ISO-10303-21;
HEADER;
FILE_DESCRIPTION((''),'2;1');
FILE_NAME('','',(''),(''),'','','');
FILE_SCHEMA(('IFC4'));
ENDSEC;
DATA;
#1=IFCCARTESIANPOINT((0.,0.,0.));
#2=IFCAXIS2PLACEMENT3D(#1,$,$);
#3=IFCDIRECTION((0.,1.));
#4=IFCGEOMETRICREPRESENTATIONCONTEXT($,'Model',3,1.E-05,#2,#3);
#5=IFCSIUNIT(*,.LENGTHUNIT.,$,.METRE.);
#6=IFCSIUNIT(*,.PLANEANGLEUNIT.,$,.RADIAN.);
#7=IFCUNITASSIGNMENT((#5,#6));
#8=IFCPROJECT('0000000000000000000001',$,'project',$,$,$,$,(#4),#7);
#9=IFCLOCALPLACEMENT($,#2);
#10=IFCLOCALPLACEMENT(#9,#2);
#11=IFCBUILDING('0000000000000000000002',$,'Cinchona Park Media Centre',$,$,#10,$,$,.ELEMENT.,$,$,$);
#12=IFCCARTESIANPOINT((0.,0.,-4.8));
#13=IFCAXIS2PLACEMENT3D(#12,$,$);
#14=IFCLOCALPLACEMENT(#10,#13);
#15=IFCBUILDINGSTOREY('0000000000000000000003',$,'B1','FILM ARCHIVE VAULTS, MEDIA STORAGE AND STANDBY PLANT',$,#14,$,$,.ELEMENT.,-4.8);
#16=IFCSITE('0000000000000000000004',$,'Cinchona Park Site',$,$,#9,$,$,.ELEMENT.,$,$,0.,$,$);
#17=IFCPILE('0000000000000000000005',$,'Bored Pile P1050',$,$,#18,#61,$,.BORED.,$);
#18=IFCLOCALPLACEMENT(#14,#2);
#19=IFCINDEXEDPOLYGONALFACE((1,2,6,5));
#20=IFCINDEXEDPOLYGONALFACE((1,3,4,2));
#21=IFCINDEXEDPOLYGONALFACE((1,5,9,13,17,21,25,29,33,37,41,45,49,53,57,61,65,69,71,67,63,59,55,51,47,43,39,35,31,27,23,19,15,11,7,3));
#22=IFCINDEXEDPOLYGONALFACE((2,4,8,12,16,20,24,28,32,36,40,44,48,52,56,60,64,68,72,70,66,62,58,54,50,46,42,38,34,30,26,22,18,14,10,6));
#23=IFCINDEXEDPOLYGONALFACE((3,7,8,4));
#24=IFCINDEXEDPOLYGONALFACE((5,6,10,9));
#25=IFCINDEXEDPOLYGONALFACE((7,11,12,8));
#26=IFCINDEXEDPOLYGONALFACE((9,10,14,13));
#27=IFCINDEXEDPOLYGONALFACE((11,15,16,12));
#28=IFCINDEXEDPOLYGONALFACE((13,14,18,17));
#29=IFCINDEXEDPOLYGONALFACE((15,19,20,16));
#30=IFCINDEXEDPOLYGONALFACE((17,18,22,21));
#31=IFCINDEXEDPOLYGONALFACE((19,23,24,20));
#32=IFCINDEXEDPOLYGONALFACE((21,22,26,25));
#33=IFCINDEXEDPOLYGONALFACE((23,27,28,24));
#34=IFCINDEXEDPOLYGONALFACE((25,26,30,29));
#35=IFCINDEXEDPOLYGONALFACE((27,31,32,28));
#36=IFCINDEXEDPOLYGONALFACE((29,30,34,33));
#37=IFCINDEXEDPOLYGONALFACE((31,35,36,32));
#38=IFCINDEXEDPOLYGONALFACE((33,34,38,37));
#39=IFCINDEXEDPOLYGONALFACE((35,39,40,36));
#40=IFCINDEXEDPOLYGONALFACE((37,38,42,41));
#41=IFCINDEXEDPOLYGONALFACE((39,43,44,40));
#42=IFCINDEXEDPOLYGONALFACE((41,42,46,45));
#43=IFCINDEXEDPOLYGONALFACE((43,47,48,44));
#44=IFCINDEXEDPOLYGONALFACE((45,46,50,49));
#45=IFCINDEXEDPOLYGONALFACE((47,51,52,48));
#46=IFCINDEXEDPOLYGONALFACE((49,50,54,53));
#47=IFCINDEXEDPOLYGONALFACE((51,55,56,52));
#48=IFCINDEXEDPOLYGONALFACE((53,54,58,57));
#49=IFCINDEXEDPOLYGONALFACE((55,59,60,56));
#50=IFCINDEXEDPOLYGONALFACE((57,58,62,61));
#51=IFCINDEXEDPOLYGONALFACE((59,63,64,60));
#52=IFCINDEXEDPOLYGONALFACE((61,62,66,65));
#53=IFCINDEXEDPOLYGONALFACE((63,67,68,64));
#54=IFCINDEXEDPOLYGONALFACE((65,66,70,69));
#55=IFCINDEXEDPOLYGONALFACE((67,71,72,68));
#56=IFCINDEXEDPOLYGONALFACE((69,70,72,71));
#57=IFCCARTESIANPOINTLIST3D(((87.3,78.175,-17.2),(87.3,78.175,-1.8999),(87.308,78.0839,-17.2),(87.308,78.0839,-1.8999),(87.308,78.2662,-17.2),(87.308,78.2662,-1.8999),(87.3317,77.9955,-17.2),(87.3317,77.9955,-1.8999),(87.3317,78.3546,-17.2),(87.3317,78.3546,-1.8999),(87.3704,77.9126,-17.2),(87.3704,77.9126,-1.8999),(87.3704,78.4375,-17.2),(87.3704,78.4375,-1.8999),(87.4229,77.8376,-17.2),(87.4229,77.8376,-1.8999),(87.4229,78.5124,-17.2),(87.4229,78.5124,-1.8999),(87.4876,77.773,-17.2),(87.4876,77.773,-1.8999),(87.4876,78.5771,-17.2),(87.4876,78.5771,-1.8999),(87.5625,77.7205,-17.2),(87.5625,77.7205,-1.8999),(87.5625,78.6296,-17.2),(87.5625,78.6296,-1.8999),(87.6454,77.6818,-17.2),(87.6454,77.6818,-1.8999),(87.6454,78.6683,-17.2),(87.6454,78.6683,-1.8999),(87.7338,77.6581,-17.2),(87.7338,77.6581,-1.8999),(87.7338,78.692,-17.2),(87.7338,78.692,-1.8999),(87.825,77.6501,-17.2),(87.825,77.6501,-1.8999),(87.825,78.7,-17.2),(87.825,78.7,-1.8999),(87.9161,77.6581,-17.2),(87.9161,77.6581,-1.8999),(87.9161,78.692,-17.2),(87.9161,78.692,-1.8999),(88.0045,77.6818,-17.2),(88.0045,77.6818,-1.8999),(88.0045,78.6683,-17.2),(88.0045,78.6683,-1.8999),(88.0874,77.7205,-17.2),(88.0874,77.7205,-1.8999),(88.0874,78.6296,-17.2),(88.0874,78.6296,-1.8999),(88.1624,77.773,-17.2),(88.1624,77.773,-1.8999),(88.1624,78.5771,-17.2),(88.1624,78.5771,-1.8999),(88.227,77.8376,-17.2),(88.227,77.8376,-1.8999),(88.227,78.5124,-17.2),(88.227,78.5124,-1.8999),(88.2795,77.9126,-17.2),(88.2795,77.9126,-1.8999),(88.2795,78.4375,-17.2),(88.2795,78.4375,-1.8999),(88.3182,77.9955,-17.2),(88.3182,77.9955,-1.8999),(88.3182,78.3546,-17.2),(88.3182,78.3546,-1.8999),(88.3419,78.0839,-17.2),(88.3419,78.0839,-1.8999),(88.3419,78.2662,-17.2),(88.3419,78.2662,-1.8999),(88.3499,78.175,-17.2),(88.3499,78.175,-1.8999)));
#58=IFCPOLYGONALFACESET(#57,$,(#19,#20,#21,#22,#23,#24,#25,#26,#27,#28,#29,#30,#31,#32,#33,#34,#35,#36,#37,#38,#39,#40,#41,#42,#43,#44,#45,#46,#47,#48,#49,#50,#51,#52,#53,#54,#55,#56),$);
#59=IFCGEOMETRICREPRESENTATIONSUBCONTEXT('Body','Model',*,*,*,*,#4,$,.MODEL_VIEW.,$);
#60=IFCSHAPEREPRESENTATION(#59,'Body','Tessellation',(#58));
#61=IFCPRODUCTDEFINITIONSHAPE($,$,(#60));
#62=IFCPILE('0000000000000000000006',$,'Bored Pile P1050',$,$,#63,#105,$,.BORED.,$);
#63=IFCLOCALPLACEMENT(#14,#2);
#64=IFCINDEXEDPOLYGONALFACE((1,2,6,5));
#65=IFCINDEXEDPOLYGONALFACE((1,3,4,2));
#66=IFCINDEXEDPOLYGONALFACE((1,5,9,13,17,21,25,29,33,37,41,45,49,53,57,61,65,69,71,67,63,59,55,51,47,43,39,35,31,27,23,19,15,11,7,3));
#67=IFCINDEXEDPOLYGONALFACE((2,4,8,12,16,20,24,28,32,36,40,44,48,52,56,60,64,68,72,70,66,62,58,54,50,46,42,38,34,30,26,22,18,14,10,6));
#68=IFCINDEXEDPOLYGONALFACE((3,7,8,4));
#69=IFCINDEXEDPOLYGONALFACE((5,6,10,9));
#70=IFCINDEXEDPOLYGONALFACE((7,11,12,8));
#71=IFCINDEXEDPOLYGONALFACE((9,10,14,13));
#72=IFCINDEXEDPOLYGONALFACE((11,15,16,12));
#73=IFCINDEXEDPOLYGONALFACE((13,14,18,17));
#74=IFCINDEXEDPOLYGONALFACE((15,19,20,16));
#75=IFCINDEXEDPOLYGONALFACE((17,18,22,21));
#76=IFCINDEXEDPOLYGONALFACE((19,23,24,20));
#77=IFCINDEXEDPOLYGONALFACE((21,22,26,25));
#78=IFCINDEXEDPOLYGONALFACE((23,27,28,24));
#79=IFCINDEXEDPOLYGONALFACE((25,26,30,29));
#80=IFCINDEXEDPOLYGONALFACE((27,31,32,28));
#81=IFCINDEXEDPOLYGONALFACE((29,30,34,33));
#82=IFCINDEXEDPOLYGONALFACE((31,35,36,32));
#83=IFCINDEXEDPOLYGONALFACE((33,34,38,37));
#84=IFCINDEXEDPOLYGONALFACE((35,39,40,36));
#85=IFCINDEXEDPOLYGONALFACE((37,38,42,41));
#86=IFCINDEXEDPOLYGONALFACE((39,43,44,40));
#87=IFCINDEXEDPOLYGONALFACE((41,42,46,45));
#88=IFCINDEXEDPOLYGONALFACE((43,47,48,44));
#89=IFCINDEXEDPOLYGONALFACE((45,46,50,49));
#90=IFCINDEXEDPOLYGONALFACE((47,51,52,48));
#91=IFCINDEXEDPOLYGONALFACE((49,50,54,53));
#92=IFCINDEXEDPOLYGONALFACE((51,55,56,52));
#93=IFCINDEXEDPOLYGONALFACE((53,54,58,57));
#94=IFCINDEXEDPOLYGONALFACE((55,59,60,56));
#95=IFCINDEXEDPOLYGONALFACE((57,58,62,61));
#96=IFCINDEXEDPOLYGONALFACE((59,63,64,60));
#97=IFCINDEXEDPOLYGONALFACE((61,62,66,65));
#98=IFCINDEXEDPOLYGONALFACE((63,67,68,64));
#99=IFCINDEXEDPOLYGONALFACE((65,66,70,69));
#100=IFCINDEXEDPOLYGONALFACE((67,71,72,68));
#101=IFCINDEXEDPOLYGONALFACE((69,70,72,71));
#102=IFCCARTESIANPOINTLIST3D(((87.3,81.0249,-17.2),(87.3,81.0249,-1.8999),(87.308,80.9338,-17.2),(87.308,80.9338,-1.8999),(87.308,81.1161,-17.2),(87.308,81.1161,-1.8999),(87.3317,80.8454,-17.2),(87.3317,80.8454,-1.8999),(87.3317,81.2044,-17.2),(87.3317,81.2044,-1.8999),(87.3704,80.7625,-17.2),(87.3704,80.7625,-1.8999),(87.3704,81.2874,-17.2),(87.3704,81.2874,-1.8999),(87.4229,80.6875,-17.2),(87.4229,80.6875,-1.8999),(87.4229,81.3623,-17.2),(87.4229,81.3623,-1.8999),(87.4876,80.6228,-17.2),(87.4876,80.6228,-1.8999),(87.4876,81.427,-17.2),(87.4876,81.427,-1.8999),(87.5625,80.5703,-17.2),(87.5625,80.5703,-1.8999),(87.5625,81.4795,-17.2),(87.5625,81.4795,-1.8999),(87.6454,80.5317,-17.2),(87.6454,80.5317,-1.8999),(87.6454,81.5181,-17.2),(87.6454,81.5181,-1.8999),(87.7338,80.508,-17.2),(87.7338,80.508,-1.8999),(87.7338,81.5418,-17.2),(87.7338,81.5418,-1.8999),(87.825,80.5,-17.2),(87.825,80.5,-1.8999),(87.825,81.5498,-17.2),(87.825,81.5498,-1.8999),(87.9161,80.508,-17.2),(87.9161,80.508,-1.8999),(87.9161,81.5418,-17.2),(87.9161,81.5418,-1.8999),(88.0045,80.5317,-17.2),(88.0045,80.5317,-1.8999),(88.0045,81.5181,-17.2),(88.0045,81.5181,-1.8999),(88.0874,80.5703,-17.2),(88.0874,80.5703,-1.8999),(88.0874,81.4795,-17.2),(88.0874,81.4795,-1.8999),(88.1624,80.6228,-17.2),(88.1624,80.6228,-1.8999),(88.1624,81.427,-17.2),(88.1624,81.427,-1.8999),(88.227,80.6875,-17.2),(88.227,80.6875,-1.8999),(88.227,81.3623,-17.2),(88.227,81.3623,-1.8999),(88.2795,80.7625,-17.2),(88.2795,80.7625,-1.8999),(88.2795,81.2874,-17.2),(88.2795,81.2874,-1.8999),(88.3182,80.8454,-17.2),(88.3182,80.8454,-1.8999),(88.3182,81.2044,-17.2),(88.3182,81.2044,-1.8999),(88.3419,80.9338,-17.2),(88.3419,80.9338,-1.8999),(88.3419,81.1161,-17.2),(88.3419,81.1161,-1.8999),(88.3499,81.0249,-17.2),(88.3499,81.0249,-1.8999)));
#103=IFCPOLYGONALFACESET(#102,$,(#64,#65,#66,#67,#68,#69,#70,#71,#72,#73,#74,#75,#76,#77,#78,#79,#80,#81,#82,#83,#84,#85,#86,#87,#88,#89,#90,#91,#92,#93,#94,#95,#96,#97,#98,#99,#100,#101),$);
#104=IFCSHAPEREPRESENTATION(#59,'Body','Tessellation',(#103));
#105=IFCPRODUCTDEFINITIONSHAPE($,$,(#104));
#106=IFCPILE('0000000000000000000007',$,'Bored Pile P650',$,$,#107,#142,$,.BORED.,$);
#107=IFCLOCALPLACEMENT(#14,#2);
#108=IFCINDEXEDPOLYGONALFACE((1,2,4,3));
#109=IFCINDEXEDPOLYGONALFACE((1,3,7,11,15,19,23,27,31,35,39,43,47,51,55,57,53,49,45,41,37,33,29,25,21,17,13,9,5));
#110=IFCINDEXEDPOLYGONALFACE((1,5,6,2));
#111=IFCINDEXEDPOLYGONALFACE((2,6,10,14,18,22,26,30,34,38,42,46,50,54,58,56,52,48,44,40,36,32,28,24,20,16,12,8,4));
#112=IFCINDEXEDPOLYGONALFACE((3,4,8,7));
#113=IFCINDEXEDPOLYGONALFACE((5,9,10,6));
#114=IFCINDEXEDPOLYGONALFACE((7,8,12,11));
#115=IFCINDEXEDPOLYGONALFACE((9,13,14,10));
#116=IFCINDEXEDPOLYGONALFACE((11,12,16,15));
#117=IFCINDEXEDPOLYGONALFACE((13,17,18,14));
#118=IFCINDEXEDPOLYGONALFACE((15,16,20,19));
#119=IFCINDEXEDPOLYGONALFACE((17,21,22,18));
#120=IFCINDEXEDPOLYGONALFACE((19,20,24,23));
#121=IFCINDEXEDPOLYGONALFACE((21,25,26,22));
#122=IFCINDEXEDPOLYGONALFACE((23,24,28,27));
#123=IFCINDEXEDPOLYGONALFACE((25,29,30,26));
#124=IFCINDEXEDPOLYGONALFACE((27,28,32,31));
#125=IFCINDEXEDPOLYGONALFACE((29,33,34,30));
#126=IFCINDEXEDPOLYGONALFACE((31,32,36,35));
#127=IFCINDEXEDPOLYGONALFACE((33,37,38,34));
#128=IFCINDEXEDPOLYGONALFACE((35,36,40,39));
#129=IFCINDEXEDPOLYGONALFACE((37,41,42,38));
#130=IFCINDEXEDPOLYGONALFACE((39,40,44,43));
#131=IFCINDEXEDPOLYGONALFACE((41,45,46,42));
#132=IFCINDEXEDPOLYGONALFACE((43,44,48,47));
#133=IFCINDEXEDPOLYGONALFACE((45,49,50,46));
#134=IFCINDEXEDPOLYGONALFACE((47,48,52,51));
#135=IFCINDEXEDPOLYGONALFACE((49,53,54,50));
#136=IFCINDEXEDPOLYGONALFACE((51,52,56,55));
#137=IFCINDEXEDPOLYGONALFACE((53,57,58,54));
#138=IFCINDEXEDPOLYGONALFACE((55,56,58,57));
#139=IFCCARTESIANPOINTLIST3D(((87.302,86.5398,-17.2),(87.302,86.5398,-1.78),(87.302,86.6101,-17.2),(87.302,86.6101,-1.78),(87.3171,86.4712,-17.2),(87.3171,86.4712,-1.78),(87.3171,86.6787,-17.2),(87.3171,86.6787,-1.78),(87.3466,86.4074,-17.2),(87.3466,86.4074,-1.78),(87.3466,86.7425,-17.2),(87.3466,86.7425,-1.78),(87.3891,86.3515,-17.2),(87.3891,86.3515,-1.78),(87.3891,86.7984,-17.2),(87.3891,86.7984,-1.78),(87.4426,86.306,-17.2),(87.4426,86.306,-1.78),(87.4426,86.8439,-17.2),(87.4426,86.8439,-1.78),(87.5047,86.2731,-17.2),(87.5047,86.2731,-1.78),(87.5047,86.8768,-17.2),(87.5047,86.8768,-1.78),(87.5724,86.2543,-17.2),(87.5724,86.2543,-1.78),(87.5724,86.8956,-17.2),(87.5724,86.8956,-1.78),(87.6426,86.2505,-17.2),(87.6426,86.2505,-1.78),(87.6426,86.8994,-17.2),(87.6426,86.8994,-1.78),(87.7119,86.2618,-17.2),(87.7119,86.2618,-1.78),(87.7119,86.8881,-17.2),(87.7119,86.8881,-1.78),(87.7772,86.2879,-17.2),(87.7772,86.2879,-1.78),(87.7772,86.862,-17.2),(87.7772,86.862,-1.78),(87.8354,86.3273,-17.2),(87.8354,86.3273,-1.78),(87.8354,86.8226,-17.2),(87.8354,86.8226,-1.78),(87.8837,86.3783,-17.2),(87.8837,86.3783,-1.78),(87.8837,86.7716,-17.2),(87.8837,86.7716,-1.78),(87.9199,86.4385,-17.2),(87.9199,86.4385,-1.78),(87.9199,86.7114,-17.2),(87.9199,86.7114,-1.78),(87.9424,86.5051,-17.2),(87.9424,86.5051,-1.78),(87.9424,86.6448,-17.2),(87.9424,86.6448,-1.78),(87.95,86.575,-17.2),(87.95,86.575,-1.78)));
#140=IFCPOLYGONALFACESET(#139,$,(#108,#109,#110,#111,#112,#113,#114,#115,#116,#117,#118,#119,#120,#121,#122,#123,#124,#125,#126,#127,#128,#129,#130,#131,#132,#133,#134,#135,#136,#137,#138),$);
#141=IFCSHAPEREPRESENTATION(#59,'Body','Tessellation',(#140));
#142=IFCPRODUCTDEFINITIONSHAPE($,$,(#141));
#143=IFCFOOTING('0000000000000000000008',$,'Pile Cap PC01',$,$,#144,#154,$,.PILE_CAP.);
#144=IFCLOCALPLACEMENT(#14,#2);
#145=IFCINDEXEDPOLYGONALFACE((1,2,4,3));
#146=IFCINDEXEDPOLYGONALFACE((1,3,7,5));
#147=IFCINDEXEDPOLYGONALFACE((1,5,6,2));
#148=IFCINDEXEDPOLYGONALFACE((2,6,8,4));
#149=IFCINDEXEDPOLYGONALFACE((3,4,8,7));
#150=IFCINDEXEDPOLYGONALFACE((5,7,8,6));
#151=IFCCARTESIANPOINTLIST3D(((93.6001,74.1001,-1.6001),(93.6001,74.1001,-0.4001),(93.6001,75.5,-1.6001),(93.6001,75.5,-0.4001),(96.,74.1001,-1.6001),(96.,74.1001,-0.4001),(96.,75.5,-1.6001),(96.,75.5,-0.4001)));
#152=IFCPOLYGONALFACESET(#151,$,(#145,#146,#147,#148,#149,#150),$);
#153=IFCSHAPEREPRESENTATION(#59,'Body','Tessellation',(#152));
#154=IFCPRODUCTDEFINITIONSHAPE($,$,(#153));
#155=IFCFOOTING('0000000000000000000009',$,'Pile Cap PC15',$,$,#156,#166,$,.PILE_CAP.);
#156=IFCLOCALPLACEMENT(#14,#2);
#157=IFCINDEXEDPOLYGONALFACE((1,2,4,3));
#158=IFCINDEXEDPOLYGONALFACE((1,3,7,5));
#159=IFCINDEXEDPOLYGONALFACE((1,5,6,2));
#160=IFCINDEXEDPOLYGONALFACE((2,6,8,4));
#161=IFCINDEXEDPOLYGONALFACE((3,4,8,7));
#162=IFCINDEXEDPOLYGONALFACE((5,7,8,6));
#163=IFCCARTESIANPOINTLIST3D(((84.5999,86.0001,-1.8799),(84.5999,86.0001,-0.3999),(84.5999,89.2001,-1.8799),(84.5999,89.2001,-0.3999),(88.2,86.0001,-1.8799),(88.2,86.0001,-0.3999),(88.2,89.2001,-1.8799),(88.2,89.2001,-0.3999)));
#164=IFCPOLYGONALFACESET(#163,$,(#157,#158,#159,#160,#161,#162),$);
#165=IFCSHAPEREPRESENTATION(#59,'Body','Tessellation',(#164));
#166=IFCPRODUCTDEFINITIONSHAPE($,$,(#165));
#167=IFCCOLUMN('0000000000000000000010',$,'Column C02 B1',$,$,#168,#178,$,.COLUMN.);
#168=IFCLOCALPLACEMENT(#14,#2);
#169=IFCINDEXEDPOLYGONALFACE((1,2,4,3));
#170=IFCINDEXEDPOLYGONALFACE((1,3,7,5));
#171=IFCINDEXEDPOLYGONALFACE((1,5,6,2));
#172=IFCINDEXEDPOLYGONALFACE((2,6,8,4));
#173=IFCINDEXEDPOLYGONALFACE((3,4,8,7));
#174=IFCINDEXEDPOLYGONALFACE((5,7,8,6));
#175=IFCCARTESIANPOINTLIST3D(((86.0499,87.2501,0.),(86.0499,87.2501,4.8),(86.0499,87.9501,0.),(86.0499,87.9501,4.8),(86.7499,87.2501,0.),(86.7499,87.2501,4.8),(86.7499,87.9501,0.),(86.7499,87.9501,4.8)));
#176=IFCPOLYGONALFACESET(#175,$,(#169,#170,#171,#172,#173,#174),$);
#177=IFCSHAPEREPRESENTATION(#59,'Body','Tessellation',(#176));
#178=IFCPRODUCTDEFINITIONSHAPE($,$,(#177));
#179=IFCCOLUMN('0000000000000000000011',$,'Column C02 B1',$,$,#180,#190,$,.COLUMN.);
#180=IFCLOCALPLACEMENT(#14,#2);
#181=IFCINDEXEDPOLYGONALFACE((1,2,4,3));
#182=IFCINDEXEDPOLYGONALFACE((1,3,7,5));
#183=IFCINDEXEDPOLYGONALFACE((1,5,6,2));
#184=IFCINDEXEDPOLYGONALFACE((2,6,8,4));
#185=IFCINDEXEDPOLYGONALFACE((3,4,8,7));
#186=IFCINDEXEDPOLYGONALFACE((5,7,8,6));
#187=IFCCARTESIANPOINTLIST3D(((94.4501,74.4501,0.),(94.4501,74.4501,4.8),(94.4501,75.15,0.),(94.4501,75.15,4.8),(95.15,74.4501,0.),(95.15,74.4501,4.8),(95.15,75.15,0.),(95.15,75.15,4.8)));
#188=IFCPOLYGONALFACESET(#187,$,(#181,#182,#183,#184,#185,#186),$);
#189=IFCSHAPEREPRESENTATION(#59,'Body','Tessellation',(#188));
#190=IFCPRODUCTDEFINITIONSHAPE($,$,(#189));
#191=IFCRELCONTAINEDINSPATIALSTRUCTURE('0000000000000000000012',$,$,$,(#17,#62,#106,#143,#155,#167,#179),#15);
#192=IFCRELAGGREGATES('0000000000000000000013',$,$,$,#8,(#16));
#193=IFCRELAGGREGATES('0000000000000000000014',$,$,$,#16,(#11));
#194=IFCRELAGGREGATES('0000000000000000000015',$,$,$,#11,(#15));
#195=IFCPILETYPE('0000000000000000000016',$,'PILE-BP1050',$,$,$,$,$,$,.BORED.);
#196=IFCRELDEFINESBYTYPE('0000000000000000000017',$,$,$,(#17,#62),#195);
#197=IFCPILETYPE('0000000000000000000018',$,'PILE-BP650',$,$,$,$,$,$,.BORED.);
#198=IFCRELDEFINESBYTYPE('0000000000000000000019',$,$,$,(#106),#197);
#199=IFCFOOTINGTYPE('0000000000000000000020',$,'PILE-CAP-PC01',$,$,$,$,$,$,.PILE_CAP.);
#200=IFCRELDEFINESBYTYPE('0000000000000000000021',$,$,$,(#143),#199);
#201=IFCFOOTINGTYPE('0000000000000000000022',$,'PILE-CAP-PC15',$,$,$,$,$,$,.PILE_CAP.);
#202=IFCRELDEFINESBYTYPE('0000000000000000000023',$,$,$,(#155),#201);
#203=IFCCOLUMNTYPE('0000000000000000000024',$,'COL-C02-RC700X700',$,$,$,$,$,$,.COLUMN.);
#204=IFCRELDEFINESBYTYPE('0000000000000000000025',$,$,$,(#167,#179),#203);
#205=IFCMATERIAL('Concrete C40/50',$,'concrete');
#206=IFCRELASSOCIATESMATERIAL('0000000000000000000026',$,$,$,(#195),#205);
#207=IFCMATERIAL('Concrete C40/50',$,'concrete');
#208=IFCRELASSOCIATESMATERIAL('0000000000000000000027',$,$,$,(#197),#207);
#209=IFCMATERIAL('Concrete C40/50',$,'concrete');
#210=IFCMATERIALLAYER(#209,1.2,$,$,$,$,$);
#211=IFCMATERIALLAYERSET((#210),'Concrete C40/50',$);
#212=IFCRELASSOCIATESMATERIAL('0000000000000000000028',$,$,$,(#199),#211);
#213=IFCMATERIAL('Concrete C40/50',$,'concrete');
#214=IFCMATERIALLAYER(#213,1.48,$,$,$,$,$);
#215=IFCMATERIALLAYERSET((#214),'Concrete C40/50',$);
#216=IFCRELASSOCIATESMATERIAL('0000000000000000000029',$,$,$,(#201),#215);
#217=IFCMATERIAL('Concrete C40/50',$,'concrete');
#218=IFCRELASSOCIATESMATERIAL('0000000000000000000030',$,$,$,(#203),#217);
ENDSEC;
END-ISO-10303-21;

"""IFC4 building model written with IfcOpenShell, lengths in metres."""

from ifc_helpers import new_model, si_unit, direction, frame, origin, origin_2d, place, context, subcontext, project, spatial, rectangle, circle, extrude, material, layer, layer_set, material_profile, profile_set, type_object, element, save


model = new_model("IFC4")

# Units and contexts
model_context = context("Model", 3, precision=1e-05, world=origin(), true_north=direction((0.0, 1.0)))
body_context = subcontext(model_context, "Body", "Model", "MODEL_VIEW")
ifc_project = project(units=[si_unit("LENGTHUNIT", "METRE"), si_unit("PLANEANGLEUNIT", "RADIAN")], contexts=[model_context])

# Site, building, storey
site_placement = place(None, origin())
site = spatial("IfcSite", under=ifc_project, at=site_placement, Name="Cinchona Park Site", CompositionType="ELEMENT", RefElevation=0.0)
building_placement = place(site_placement, origin())
building = spatial("IfcBuilding", under=site, at=building_placement, Name="Cinchona Park Media Centre", CompositionType="ELEMENT")
storey_placement = place(building_placement, frame((0.0, 0.0, -4.8)))
storey = spatial("IfcBuildingStorey", under=building, at=storey_placement, Name="B1", Description="FILM ARCHIVE VAULTS, MEDIA STORAGE AND STANDBY PLANT", CompositionType="ELEMENT", Elevation=-4.8)

# Piles
ifc_material_1 = material(Name="Concrete C40/50", Category="concrete")
ifc_material_profile_1 = material_profile(ifc_material_1, circle(Radius=0.5249, at=origin_2d()), Name="BORED PILE 1050")
ifc_profile_set_1 = profile_set([ifc_material_profile_1], Name="Concrete C40/50")
pile_type_1 = type_object("IfcPileType", Name="PILE-BP1050", PredefinedType="BORED", material=ifc_profile_set_1)
for number, where, z_axis, x_axis, name in (
    (1, (87.825, 78.175, -1.8999), (0.0, 0.0, -1.0), (1.0, 0.0, 0.0), "Bored Pile P1050"),
    (2, (87.825, 81.0249, -1.8999), (0.0, 0.0, -1.0), (1.0, 0.0, 0.0), "Bored Pile P1050"),
):
    element("IfcPile", number, at=place(storey_placement, frame(where, z_axis=z_axis, x_axis=x_axis)), inside=storey, type_object=pile_type_1, Name=name, PredefinedType="BORED", context=body_context, shape_type="SweptSolid", body=[
        extrude(circle(Radius=0.5249, at=origin_2d()), origin(), (0.0, 0.0, 1.0), 15.3),
    ])
ifc_material_2 = material(Name="Concrete C40/50", Category="concrete")
ifc_material_profile_2 = material_profile(ifc_material_2, circle(Radius=0.325, at=origin_2d()), Name="BORED PILE 650")
ifc_profile_set_2 = profile_set([ifc_material_profile_2], Name="Concrete C40/50")
pile_type_2 = type_object("IfcPileType", Name="PILE-BP650", PredefinedType="BORED", material=ifc_profile_set_2)
pile_placement = place(storey_placement, frame((87.625, 86.575, -1.78), z_axis=(0.0, 0.0, -1.0), x_axis=(1.0, 0.0, 0.0)))
element("IfcPile", 3, at=pile_placement, inside=storey, type_object=pile_type_2, Name="Bored Pile P650", PredefinedType="BORED", context=body_context, shape_type="SweptSolid", body=[
    extrude(circle(Radius=0.325, at=origin_2d()), origin(), (0.0, 0.0, 1.0), 15.4199),
])

# Footings
ifc_material_3 = material(Name="Concrete C40/50", Category="concrete")
ifc_layer_1 = layer(ifc_material_3, 1.2)
ifc_layer_set_1 = layer_set([ifc_layer_1], Name="Concrete C40/50")
footing_type_1 = type_object("IfcFootingType", Name="PILE-CAP-PC01", PredefinedType="PILE_CAP", material=ifc_layer_set_1)
footing_1_placement = place(storey_placement, frame((94.8, 74.8, -1.6001), z_axis=(0.0, 0.0, 1.0), x_axis=(1.0, 0.0, 0.0)))
element("IfcFooting", 4, at=footing_1_placement, inside=storey, type_object=footing_type_1, Name="Pile Cap PC01", PredefinedType="PILE_CAP", context=body_context, shape_type="SweptSolid", body=[
    extrude(rectangle(XDim=2.3999, YDim=1.3999, at=origin_2d()), origin(), (0.0, 0.0, 1.0), 1.2),
])
ifc_material_4 = material(Name="Concrete C40/50", Category="concrete")
ifc_layer_2 = layer(ifc_material_4, 1.48)
ifc_layer_set_2 = layer_set([ifc_layer_2], Name="Concrete C40/50")
footing_type_2 = type_object("IfcFootingType", Name="PILE-CAP-PC15", PredefinedType="PILE_CAP", material=ifc_layer_set_2)
footing_2_placement = place(storey_placement, frame((86.3999, 87.6001, -1.8799), z_axis=(0.0, 0.0, 1.0), x_axis=(1.0, 0.0, 0.0)))
element("IfcFooting", 5, at=footing_2_placement, inside=storey, type_object=footing_type_2, Name="Pile Cap PC15", PredefinedType="PILE_CAP", context=body_context, shape_type="SweptSolid", body=[
    extrude(rectangle(XDim=3.6001, YDim=3.2, at=origin_2d()), origin(), (0.0, 0.0, 1.0), 1.48),
])

# Columns
ifc_material_5 = material(Name="Concrete C40/50", Category="concrete")
ifc_material_profile_3 = material_profile(ifc_material_5, rectangle(XDim=0.7, YDim=0.7, at=origin_2d()), Name="RC 700X700")
ifc_profile_set_3 = profile_set([ifc_material_profile_3], Name="Concrete C40/50")
column_type = type_object("IfcColumnType", Name="COL-C02-RC700X700", PredefinedType="COLUMN", material=ifc_profile_set_3)
for number, where, z_axis, x_axis, name in (
    (6, (86.3999, 87.6001, 0.0), (0.0, 0.0, 1.0), (1.0, 0.0, 0.0), "Column C02 B1"),
    (7, (94.8, 74.8, 0.0), (0.0, 0.0, 1.0), (1.0, 0.0, 0.0), "Column C02 B1"),
):
    element("IfcColumn", number, at=place(storey_placement, frame(where, z_axis=z_axis, x_axis=x_axis)), inside=storey, type_object=column_type, Name=name, PredefinedType="COLUMN", context=body_context, shape_type="SweptSolid", body=[
        extrude(rectangle(XDim=0.7, YDim=0.7, at=origin_2d()), origin(), (0.0, 0.0, 1.0), 4.8),
    ])

save(model, "model.ifc")
